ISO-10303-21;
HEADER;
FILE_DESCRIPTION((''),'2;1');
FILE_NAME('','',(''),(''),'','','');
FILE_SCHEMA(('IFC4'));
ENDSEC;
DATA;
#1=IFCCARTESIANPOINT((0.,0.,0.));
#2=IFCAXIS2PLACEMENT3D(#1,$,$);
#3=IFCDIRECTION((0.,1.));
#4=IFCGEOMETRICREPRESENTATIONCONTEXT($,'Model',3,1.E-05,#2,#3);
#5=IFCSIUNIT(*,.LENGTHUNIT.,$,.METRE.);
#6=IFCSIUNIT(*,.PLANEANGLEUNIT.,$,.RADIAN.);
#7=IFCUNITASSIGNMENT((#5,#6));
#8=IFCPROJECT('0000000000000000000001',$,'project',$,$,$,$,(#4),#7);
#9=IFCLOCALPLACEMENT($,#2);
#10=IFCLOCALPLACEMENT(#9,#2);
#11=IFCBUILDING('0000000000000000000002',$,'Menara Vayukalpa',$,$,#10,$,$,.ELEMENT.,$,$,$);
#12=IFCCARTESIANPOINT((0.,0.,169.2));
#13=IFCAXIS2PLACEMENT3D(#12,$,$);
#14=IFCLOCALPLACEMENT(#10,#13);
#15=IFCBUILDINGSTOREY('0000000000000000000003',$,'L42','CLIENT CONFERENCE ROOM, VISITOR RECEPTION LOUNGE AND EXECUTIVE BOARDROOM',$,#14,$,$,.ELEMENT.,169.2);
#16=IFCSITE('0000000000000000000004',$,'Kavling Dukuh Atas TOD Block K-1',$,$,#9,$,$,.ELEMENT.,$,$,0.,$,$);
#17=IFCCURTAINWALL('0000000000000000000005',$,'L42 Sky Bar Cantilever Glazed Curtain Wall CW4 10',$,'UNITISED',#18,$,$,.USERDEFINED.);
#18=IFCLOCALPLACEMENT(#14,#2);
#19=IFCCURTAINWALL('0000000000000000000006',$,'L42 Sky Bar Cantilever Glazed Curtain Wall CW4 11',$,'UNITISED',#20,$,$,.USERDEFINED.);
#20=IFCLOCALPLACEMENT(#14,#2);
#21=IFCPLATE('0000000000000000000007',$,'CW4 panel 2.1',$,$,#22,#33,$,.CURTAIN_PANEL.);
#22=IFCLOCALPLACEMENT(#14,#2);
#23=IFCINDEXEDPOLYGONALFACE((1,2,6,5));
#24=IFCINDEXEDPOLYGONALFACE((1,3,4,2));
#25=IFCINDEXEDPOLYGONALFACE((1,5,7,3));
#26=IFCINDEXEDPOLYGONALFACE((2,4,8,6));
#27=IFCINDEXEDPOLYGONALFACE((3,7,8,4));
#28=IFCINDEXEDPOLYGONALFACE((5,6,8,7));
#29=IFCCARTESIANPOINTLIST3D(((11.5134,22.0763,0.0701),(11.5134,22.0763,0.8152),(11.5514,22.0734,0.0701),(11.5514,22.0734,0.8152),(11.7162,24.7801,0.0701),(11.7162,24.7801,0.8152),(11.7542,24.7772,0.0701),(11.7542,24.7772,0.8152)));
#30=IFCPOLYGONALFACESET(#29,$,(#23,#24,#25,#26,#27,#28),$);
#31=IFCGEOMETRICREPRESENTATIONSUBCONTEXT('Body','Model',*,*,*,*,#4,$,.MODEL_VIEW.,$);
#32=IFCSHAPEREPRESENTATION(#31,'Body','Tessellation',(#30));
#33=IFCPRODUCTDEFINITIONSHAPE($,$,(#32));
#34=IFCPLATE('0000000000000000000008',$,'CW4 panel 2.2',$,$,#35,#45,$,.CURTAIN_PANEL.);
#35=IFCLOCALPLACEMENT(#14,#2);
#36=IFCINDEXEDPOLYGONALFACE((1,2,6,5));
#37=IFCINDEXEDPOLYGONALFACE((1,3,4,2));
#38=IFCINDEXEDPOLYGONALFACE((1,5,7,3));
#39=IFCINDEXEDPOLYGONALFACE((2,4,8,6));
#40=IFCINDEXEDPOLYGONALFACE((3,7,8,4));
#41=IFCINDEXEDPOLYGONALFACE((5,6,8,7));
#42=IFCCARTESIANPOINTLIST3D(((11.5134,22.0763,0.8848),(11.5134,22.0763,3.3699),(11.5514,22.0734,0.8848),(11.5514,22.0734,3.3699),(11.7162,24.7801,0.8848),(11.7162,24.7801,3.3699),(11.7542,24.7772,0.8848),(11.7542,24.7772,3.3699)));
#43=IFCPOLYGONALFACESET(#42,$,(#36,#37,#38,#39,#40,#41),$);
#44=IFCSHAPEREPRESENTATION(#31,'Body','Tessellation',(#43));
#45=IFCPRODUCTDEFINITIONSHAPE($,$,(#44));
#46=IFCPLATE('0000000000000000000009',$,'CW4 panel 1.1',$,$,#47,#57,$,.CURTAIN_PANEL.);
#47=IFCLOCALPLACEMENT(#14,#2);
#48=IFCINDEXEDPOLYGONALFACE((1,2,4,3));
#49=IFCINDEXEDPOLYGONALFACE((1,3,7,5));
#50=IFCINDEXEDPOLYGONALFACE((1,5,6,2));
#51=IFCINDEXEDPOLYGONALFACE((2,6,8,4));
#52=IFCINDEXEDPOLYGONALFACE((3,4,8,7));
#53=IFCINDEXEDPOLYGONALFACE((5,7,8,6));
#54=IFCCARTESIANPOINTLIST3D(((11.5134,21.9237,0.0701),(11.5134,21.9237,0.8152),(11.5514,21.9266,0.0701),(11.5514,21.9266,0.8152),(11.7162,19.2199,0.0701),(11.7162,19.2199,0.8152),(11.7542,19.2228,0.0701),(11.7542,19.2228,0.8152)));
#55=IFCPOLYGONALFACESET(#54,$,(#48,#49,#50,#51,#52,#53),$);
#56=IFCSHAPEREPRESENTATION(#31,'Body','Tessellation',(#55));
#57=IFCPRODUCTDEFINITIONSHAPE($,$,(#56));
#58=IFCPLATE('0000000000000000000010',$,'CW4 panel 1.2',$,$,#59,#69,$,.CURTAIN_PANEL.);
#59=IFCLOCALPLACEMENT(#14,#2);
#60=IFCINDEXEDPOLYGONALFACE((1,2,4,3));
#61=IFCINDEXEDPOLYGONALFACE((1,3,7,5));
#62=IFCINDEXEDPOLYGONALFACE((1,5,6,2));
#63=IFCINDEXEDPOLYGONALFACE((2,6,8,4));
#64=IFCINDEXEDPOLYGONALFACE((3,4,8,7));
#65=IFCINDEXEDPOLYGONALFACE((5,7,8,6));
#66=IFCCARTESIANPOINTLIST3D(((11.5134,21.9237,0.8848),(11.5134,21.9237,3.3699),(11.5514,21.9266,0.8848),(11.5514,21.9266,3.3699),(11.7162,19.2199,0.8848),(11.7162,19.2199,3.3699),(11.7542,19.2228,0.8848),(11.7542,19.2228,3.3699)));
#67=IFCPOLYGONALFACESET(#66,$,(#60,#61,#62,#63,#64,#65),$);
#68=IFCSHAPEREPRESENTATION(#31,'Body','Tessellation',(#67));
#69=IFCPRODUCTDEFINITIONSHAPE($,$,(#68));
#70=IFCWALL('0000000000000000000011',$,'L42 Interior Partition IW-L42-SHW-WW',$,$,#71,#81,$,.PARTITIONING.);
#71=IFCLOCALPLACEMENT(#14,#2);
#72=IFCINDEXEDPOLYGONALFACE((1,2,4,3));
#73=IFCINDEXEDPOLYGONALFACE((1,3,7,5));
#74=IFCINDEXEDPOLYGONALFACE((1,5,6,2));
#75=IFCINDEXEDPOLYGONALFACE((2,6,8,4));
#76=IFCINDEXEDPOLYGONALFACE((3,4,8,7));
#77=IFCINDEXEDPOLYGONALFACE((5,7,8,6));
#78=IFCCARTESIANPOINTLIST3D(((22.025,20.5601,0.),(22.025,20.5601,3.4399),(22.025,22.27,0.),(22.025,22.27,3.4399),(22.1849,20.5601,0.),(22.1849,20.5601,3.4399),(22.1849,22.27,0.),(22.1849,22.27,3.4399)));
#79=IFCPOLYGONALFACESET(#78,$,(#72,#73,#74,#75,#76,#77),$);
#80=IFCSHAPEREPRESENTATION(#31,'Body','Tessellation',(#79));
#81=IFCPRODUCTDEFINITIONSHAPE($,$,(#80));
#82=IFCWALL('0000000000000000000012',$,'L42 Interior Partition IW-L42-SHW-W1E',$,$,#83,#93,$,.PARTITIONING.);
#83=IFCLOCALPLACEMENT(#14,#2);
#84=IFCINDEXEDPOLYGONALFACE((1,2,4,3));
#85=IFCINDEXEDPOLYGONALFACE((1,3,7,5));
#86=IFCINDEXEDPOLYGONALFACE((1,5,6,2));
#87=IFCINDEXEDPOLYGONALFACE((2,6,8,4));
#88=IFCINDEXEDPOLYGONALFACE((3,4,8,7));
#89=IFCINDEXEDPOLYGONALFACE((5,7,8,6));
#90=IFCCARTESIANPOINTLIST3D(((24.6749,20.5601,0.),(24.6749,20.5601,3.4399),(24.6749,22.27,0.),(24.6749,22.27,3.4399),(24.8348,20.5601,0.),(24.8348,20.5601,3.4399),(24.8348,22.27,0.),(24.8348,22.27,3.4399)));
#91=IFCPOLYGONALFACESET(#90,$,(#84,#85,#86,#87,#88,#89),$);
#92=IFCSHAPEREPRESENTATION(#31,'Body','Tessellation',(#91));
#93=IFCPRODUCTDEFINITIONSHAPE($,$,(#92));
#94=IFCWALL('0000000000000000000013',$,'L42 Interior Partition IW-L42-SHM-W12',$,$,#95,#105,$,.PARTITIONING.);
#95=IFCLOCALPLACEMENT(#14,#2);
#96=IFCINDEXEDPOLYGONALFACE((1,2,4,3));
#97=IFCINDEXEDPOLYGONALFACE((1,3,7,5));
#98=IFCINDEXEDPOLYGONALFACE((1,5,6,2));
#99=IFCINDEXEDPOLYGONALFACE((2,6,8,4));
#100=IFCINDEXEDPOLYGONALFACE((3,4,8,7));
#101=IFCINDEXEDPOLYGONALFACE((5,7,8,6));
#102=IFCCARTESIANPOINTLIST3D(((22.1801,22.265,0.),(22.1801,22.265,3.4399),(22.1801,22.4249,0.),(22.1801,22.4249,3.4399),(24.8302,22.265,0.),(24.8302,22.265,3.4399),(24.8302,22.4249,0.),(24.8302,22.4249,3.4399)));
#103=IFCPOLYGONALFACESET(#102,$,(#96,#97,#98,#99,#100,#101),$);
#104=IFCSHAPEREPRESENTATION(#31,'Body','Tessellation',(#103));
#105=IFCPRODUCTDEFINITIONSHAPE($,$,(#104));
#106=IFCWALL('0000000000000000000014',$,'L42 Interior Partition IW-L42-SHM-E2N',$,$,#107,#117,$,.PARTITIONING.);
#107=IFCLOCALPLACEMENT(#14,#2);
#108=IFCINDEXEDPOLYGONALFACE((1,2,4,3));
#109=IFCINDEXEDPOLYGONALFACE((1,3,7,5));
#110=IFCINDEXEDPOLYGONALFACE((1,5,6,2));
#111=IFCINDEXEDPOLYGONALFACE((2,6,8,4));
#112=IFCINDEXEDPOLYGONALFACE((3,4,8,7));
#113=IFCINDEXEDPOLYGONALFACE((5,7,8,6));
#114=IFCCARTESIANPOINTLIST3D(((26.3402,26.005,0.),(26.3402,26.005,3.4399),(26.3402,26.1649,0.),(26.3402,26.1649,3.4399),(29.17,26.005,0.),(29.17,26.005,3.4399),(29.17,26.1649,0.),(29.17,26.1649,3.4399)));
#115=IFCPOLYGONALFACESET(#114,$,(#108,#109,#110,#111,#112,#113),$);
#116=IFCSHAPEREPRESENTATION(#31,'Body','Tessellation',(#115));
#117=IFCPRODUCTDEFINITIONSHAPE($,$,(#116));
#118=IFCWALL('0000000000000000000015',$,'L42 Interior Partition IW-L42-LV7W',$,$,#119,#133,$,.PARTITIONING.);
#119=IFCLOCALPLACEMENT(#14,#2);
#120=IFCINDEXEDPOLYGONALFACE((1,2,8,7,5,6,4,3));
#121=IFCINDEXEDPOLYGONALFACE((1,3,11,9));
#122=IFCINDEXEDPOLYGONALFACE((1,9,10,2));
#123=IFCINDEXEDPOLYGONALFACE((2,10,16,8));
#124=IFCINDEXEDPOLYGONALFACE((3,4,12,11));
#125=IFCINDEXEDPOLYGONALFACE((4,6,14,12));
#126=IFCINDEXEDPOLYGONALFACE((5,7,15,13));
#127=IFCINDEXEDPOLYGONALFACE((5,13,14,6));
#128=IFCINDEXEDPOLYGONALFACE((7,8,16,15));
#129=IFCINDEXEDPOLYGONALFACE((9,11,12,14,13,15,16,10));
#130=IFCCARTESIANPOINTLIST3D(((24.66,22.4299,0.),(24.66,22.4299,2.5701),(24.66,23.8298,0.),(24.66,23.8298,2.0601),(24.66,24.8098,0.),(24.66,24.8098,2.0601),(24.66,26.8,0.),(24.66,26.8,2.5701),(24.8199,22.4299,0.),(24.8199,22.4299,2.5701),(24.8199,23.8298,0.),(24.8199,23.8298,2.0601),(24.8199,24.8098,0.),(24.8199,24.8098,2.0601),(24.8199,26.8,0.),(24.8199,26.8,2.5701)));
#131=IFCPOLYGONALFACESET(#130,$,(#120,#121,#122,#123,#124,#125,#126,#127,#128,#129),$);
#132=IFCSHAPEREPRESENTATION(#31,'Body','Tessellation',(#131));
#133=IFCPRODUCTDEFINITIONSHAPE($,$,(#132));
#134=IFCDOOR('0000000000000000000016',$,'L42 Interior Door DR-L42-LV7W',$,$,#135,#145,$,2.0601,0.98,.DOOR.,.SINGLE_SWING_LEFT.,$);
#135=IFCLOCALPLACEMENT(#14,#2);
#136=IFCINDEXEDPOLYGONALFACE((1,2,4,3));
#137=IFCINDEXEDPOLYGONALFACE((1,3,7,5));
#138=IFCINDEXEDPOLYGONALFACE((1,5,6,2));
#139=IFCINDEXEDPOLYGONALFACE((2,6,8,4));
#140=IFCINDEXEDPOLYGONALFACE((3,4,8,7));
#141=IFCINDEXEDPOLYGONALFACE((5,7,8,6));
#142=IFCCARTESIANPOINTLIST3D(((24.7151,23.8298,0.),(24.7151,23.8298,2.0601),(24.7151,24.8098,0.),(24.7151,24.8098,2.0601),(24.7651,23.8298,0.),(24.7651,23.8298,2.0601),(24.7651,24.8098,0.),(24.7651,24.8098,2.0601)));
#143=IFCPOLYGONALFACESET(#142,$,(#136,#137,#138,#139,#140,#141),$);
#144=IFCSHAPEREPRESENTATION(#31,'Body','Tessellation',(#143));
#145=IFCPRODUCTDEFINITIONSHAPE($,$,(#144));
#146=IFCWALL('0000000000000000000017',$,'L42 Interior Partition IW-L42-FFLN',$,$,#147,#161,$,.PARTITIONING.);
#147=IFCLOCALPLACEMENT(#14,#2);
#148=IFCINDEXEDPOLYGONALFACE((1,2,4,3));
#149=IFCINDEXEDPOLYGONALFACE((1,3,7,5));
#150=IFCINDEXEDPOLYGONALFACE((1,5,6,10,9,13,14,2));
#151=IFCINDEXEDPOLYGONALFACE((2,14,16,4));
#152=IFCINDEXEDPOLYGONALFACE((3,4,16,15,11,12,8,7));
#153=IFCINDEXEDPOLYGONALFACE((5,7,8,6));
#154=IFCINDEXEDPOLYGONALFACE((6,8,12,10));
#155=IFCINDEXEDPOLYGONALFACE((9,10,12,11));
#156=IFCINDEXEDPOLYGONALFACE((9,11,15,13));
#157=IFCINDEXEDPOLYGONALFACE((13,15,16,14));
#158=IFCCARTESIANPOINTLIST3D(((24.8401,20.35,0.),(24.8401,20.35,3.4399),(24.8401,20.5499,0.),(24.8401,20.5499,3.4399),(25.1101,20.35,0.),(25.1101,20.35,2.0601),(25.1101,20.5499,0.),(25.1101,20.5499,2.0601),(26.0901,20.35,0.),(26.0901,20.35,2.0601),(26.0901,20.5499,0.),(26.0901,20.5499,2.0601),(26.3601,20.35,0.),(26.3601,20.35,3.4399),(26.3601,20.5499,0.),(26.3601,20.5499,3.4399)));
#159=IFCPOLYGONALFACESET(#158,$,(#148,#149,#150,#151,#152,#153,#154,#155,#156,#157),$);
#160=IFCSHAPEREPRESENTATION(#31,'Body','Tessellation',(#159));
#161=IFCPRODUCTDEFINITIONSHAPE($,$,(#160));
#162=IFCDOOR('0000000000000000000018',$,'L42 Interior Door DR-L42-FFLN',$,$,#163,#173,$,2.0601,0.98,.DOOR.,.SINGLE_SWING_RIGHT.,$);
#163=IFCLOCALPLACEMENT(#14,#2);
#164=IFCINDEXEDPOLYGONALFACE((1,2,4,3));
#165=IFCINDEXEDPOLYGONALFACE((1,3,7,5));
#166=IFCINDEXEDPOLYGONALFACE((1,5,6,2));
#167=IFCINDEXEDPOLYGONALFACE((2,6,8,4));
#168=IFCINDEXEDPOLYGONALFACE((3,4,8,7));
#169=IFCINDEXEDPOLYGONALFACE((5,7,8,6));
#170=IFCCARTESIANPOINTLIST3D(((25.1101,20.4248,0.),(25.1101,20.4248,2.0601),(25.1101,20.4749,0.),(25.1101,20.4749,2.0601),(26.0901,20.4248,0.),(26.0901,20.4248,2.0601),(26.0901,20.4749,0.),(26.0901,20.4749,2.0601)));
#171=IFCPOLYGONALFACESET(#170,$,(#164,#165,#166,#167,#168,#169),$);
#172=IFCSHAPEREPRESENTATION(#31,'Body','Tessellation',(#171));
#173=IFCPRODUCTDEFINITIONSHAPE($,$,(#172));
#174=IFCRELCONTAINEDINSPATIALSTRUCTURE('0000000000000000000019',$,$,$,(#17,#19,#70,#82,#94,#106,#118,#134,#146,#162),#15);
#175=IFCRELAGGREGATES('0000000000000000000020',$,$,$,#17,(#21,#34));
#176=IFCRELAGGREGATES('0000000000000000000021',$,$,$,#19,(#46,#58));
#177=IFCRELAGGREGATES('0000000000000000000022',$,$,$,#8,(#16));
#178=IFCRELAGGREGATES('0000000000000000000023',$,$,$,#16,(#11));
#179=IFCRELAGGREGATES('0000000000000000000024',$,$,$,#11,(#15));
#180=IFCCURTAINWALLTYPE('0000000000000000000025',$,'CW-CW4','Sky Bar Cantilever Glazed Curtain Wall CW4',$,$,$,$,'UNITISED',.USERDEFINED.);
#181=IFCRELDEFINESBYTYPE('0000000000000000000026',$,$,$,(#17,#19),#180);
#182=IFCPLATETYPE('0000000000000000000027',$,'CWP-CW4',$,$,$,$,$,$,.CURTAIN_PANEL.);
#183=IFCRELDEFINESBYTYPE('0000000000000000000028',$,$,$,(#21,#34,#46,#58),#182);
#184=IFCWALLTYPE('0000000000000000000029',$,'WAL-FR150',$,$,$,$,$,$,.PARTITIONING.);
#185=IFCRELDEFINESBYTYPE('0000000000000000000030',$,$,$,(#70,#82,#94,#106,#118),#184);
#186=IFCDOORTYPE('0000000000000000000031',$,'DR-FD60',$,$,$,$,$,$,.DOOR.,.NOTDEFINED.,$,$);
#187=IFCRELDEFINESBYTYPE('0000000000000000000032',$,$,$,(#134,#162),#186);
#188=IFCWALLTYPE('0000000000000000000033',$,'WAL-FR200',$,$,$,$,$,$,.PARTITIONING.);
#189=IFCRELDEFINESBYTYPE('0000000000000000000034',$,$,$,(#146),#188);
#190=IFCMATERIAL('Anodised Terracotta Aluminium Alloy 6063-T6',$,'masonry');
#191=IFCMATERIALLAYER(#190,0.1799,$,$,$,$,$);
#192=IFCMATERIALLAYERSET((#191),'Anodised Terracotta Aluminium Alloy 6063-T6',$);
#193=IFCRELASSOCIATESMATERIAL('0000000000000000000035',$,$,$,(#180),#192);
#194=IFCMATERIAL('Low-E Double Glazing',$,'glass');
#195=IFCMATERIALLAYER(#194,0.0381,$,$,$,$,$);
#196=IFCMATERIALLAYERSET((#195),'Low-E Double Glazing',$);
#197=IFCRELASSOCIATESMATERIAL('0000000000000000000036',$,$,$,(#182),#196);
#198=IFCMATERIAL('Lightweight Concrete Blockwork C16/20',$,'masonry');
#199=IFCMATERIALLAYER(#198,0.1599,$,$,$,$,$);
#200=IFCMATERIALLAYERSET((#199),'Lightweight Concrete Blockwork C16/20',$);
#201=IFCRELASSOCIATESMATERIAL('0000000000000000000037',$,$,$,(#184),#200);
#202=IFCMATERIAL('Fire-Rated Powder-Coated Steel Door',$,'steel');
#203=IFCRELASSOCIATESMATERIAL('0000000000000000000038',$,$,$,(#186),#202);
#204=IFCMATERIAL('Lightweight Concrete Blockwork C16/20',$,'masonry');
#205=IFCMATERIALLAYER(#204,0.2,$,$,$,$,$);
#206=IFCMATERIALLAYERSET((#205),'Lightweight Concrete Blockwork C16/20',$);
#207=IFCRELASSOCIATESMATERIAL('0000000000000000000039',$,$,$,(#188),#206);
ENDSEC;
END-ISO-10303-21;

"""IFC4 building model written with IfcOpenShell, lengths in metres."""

from ifc_helpers import new_model, si_unit, direction, frame, frame_2d, origin, origin_2d, place, context, subcontext, project, spatial, rectangle, extrude, material, layer, layer_set, type_object, element, fill, aggregate, save


model = new_model("IFC4")

# Units and contexts
model_context = context("Model", 3, precision=1e-05, world=origin(), true_north=direction((0.0, 1.0)))
body_context = subcontext(model_context, "Body", "Model", "MODEL_VIEW")
ifc_project = project(units=[si_unit("LENGTHUNIT", "METRE"), si_unit("PLANEANGLEUNIT", "RADIAN")], contexts=[model_context])

# Site, building, storey
site_placement = place(None, origin())
site = spatial("IfcSite", under=ifc_project, at=site_placement, Name="Kavling Dukuh Atas TOD Block K-1", CompositionType="ELEMENT", RefElevation=0.0)
building_placement = place(site_placement, origin())
building = spatial("IfcBuilding", under=site, at=building_placement, Name="Menara Vayukalpa", CompositionType="ELEMENT")
storey_placement = place(building_placement, frame((0.0, 0.0, 169.2)))
storey = spatial("IfcBuildingStorey", under=building, at=storey_placement, Name="L42", Description="CLIENT CONFERENCE ROOM, VISITOR RECEPTION LOUNGE AND EXECUTIVE BOARDROOM", CompositionType="ELEMENT", Elevation=169.2)

# Curtain wall
ifc_material_1 = material(Name="Anodised Terracotta Aluminium Alloy 6063-T6", Category="masonry")
ifc_layer_1 = layer(ifc_material_1, 0.1799)
ifc_layer_set_1 = layer_set([ifc_layer_1], Name="Anodised Terracotta Aluminium Alloy 6063-T6")
curtain_wall_type = type_object("IfcCurtainWallType", Name="CW-CW4", Description="Sky Bar Cantilever Glazed Curtain Wall CW4", ElementType="UNITISED", PredefinedType="USERDEFINED", material=ifc_layer_set_1)
curtain_wall_1_placement = place(storey_placement, origin())
curtain_wall_1 = element("IfcCurtainWall", 1, at=curtain_wall_1_placement, inside=storey, type_object=curtain_wall_type, Name="L42 Sky Bar Cantilever Glazed Curtain Wall CW4 10", ObjectType="UNITISED", PredefinedType="USERDEFINED")

# Curtain wall
curtain_wall_2_placement = place(storey_placement, origin())
curtain_wall_2 = element("IfcCurtainWall", 2, at=curtain_wall_2_placement, inside=storey, type_object=curtain_wall_type, Name="L42 Sky Bar Cantilever Glazed Curtain Wall CW4 11", ObjectType="UNITISED", PredefinedType="USERDEFINED")

# Plates
ifc_material_2 = material(Name="Low-E Double Glazing", Category="glass")
ifc_layer_2 = layer(ifc_material_2, 0.0381)
ifc_layer_set_2 = layer_set([ifc_layer_2], Name="Low-E Double Glazing")
plate_type = type_object("IfcPlateType", Name="CWP-CW4", PredefinedType="CURTAIN_PANEL", material=ifc_layer_set_2)
plate_1_placement = place(storey_placement, frame((11.6338, 23.4268, 0.0701), z_axis=(0.0, 0.0, 1.0), x_axis=(-0.074793, -0.997199, 0.0)))
plate_1 = element("IfcPlate", 3, at=plate_1_placement, type_object=plate_type, Name="CW4 panel 2.1", PredefinedType="CURTAIN_PANEL", context=body_context, shape_type="SweptSolid", body=[
    extrude(rectangle(XDim=2.7114, YDim=0.0381, at=origin_2d()), origin(), (0.0, 0.0, 1.0), 0.7451),
])
plate_2_placement = place(storey_placement, frame((11.6338, 23.4268, 0.8848), z_axis=(0.0, 0.0, 1.0), x_axis=(-0.074793, -0.997199, 0.0)))
plate_2 = element("IfcPlate", 4, at=plate_2_placement, type_object=plate_type, Name="CW4 panel 2.2", PredefinedType="CURTAIN_PANEL", context=body_context, shape_type="SweptSolid", body=[
    extrude(rectangle(XDim=2.7114, YDim=0.0381, at=origin_2d()), origin(), (0.0, 0.0, 1.0), 2.4851),
])
aggregate(curtain_wall_1, [plate_1, plate_2])
plate_3_placement = place(storey_placement, frame((11.6338, 20.5732, 0.0701), z_axis=(0.0, 0.0, 1.0), x_axis=(0.074793, -0.997199, 0.0)))
plate_3 = element("IfcPlate", 5, at=plate_3_placement, type_object=plate_type, Name="CW4 panel 1.1", PredefinedType="CURTAIN_PANEL", context=body_context, shape_type="SweptSolid", body=[
    extrude(rectangle(XDim=2.7114, YDim=0.0381, at=origin_2d()), origin(), (0.0, 0.0, 1.0), 0.7451),
])
plate_4_placement = place(storey_placement, frame((11.6338, 20.5732, 0.8848), z_axis=(0.0, 0.0, 1.0), x_axis=(0.074793, -0.997199, 0.0)))
plate_4 = element("IfcPlate", 6, at=plate_4_placement, type_object=plate_type, Name="CW4 panel 1.2", PredefinedType="CURTAIN_PANEL", context=body_context, shape_type="SweptSolid", body=[
    extrude(rectangle(XDim=2.7114, YDim=0.0381, at=origin_2d()), origin(), (0.0, 0.0, 1.0), 2.4851),
])
aggregate(curtain_wall_2, [plate_3, plate_4])

# Walls
ifc_material_3 = material(Name="Lightweight Concrete Blockwork C16/20", Category="masonry")
ifc_layer_3 = layer(ifc_material_3, 0.1599)
ifc_layer_set_3 = layer_set([ifc_layer_3], Name="Lightweight Concrete Blockwork C16/20")
wall_type_1 = type_object("IfcWallType", Name="WAL-FR150", PredefinedType="PARTITIONING", material=ifc_layer_set_3)
for number, where, z_axis, x_axis, name in (
    (7, (22.105, 20.5601, 0.0), (0.0, 0.0, 1.0), (0.0, 1.0, 0.0), "L42 Interior Partition IW-L42-SHW-WW"),
    (8, (24.7549, 20.5601, 0.0), (0.0, 0.0, 1.0), (0.0, 1.0, 0.0), "L42 Interior Partition IW-L42-SHW-W1E"),
):
    element("IfcWall", number, at=place(storey_placement, frame(where, z_axis=z_axis, x_axis=x_axis)), inside=storey, type_object=wall_type_1, Name=name, PredefinedType="PARTITIONING", context=body_context, shape_type="SweptSolid", body=[
        extrude(rectangle(XDim=1.71, YDim=0.1599, at=frame_2d((0.855, 0.0))), origin(), (0.0, 0.0, 1.0), 3.4399),
    ])
wall_1_placement = place(storey_placement, frame((22.1799, 22.345, 0.0), z_axis=(0.0, 0.0, 1.0), x_axis=(1.0, 0.0, 0.0)))
element("IfcWall", 9, at=wall_1_placement, inside=storey, type_object=wall_type_1, Name="L42 Interior Partition IW-L42-SHM-W12", PredefinedType="PARTITIONING", context=body_context, shape_type="SweptSolid", body=[
    extrude(rectangle(XDim=2.6501, YDim=0.1599, at=frame_2d((1.3252, 0.0))), origin(), (0.0, 0.0, 1.0), 3.4399),
])
wall_2_placement = place(storey_placement, frame((26.3401, 26.085, 0.0), z_axis=(0.0, 0.0, 1.0), x_axis=(1.0, 0.0, 0.0)))
element("IfcWall", 10, at=wall_2_placement, inside=storey, type_object=wall_type_1, Name="L42 Interior Partition IW-L42-SHM-E2N", PredefinedType="PARTITIONING", context=body_context, shape_type="SweptSolid", body=[
    extrude(rectangle(XDim=2.8298, YDim=0.1599, at=frame_2d((1.415, 0.0))), origin(), (0.0, 0.0, 1.0), 3.4399),
])

# Walls, openings, doors
wall_3_placement = place(storey_placement, frame((24.74, 22.4299, 0.0), z_axis=(0.0, 0.0, 1.0), x_axis=(0.0, 1.0, 0.0)))
wall_3 = element("IfcWall", 11, at=wall_3_placement, inside=storey, type_object=wall_type_1, Name="L42 Interior Partition IW-L42-LV7W", PredefinedType="PARTITIONING", context=body_context, shape_type="SweptSolid", body=[
    extrude(rectangle(XDim=4.3701, YDim=0.1599, at=frame_2d((2.1851, 0.0))), origin(), (0.0, 0.0, 1.0), 2.5701),
])
opening_1_placement = place(wall_3_placement, frame((1.3999, 0.0, 0.0)))
opening_1 = element("IfcOpeningElement", 12, at=opening_1_placement, cuts=wall_3, PredefinedType="OPENING", context=body_context, shape_type="SweptSolid", body=[
    extrude(rectangle(XDim=0.98, YDim=2.0601, at=frame_2d((0.49, 1.03))), frame((0.0, 0.0898, 0.0), z_axis=(0.0, -1.0, 0.0), x_axis=(1.0, 0.0, 0.0)), (0.0, 0.0, 1.0), 0.1799),
])
ifc_material_4 = material(Name="Fire-Rated Powder-Coated Steel Door", Category="steel")
door_type_1 = type_object("IfcDoorType", Name="DR-FD60", OperationType="NOTDEFINED", PredefinedType="DOOR", material=ifc_material_4)
door_1_placement = place(opening_1_placement, origin())
door_1 = element("IfcDoor", 13, at=door_1_placement, inside=storey, type_object=door_type_1, Name="L42 Interior Door DR-L42-LV7W", OperationType="SINGLE_SWING_LEFT", OverallHeight=2.0601, OverallWidth=0.98, PredefinedType="DOOR", context=body_context, shape_type="SweptSolid", body=[
    extrude(rectangle(XDim=0.98, YDim=2.0601, at=frame_2d((0.49, 1.03))), frame((0.0, 0.0249, 0.0), z_axis=(0.0, -1.0, 0.0), x_axis=(1.0, 0.0, 0.0)), (0.0, 0.0, 1.0), 0.05),
])
fill(opening_1, door_1)
ifc_material_5 = material(Name="Lightweight Concrete Blockwork C16/20", Category="masonry")
ifc_layer_4 = layer(ifc_material_5, 0.2)
ifc_layer_set_4 = layer_set([ifc_layer_4], Name="Lightweight Concrete Blockwork C16/20")
wall_type_2 = type_object("IfcWallType", Name="WAL-FR200", PredefinedType="PARTITIONING", material=ifc_layer_set_4)
wall_4_placement = place(storey_placement, frame((24.8401, 20.45, 0.0), z_axis=(0.0, 0.0, 1.0), x_axis=(1.0, 0.0, 0.0)))
wall_4 = element("IfcWall", 14, at=wall_4_placement, inside=storey, type_object=wall_type_2, Name="L42 Interior Partition IW-L42-FFLN", PredefinedType="PARTITIONING", context=body_context, shape_type="SweptSolid", body=[
    extrude(rectangle(XDim=1.52, YDim=0.2, at=frame_2d((0.76, 0.0))), origin(), (0.0, 0.0, 1.0), 3.4399),
])
opening_2_placement = place(wall_4_placement, frame((0.27, 0.0, 0.0)))
opening_2 = element("IfcOpeningElement", 15, at=opening_2_placement, cuts=wall_4, PredefinedType="OPENING", context=body_context, shape_type="SweptSolid", body=[
    extrude(rectangle(XDim=0.98, YDim=2.0601, at=frame_2d((0.49, 1.03))), frame((0.0, 0.1099, 0.0), z_axis=(0.0, -1.0, 0.0), x_axis=(1.0, 0.0, 0.0)), (0.0, 0.0, 1.0), 0.22),
])
door_2_placement = place(opening_2_placement, origin())
door_2 = element("IfcDoor", 16, at=door_2_placement, inside=storey, type_object=door_type_1, Name="L42 Interior Door DR-L42-FFLN", OperationType="SINGLE_SWING_RIGHT", OverallHeight=2.0601, OverallWidth=0.98, PredefinedType="DOOR", context=body_context, shape_type="SweptSolid", body=[
    extrude(rectangle(XDim=0.98, YDim=2.0601, at=frame_2d((0.49, 1.03))), frame((0.0, 0.0249, 0.0), z_axis=(0.0, -1.0, 0.0), x_axis=(1.0, 0.0, 0.0)), (0.0, 0.0, 1.0), 0.05),
])
fill(opening_2, door_2)

save(model, "model.ifc")
